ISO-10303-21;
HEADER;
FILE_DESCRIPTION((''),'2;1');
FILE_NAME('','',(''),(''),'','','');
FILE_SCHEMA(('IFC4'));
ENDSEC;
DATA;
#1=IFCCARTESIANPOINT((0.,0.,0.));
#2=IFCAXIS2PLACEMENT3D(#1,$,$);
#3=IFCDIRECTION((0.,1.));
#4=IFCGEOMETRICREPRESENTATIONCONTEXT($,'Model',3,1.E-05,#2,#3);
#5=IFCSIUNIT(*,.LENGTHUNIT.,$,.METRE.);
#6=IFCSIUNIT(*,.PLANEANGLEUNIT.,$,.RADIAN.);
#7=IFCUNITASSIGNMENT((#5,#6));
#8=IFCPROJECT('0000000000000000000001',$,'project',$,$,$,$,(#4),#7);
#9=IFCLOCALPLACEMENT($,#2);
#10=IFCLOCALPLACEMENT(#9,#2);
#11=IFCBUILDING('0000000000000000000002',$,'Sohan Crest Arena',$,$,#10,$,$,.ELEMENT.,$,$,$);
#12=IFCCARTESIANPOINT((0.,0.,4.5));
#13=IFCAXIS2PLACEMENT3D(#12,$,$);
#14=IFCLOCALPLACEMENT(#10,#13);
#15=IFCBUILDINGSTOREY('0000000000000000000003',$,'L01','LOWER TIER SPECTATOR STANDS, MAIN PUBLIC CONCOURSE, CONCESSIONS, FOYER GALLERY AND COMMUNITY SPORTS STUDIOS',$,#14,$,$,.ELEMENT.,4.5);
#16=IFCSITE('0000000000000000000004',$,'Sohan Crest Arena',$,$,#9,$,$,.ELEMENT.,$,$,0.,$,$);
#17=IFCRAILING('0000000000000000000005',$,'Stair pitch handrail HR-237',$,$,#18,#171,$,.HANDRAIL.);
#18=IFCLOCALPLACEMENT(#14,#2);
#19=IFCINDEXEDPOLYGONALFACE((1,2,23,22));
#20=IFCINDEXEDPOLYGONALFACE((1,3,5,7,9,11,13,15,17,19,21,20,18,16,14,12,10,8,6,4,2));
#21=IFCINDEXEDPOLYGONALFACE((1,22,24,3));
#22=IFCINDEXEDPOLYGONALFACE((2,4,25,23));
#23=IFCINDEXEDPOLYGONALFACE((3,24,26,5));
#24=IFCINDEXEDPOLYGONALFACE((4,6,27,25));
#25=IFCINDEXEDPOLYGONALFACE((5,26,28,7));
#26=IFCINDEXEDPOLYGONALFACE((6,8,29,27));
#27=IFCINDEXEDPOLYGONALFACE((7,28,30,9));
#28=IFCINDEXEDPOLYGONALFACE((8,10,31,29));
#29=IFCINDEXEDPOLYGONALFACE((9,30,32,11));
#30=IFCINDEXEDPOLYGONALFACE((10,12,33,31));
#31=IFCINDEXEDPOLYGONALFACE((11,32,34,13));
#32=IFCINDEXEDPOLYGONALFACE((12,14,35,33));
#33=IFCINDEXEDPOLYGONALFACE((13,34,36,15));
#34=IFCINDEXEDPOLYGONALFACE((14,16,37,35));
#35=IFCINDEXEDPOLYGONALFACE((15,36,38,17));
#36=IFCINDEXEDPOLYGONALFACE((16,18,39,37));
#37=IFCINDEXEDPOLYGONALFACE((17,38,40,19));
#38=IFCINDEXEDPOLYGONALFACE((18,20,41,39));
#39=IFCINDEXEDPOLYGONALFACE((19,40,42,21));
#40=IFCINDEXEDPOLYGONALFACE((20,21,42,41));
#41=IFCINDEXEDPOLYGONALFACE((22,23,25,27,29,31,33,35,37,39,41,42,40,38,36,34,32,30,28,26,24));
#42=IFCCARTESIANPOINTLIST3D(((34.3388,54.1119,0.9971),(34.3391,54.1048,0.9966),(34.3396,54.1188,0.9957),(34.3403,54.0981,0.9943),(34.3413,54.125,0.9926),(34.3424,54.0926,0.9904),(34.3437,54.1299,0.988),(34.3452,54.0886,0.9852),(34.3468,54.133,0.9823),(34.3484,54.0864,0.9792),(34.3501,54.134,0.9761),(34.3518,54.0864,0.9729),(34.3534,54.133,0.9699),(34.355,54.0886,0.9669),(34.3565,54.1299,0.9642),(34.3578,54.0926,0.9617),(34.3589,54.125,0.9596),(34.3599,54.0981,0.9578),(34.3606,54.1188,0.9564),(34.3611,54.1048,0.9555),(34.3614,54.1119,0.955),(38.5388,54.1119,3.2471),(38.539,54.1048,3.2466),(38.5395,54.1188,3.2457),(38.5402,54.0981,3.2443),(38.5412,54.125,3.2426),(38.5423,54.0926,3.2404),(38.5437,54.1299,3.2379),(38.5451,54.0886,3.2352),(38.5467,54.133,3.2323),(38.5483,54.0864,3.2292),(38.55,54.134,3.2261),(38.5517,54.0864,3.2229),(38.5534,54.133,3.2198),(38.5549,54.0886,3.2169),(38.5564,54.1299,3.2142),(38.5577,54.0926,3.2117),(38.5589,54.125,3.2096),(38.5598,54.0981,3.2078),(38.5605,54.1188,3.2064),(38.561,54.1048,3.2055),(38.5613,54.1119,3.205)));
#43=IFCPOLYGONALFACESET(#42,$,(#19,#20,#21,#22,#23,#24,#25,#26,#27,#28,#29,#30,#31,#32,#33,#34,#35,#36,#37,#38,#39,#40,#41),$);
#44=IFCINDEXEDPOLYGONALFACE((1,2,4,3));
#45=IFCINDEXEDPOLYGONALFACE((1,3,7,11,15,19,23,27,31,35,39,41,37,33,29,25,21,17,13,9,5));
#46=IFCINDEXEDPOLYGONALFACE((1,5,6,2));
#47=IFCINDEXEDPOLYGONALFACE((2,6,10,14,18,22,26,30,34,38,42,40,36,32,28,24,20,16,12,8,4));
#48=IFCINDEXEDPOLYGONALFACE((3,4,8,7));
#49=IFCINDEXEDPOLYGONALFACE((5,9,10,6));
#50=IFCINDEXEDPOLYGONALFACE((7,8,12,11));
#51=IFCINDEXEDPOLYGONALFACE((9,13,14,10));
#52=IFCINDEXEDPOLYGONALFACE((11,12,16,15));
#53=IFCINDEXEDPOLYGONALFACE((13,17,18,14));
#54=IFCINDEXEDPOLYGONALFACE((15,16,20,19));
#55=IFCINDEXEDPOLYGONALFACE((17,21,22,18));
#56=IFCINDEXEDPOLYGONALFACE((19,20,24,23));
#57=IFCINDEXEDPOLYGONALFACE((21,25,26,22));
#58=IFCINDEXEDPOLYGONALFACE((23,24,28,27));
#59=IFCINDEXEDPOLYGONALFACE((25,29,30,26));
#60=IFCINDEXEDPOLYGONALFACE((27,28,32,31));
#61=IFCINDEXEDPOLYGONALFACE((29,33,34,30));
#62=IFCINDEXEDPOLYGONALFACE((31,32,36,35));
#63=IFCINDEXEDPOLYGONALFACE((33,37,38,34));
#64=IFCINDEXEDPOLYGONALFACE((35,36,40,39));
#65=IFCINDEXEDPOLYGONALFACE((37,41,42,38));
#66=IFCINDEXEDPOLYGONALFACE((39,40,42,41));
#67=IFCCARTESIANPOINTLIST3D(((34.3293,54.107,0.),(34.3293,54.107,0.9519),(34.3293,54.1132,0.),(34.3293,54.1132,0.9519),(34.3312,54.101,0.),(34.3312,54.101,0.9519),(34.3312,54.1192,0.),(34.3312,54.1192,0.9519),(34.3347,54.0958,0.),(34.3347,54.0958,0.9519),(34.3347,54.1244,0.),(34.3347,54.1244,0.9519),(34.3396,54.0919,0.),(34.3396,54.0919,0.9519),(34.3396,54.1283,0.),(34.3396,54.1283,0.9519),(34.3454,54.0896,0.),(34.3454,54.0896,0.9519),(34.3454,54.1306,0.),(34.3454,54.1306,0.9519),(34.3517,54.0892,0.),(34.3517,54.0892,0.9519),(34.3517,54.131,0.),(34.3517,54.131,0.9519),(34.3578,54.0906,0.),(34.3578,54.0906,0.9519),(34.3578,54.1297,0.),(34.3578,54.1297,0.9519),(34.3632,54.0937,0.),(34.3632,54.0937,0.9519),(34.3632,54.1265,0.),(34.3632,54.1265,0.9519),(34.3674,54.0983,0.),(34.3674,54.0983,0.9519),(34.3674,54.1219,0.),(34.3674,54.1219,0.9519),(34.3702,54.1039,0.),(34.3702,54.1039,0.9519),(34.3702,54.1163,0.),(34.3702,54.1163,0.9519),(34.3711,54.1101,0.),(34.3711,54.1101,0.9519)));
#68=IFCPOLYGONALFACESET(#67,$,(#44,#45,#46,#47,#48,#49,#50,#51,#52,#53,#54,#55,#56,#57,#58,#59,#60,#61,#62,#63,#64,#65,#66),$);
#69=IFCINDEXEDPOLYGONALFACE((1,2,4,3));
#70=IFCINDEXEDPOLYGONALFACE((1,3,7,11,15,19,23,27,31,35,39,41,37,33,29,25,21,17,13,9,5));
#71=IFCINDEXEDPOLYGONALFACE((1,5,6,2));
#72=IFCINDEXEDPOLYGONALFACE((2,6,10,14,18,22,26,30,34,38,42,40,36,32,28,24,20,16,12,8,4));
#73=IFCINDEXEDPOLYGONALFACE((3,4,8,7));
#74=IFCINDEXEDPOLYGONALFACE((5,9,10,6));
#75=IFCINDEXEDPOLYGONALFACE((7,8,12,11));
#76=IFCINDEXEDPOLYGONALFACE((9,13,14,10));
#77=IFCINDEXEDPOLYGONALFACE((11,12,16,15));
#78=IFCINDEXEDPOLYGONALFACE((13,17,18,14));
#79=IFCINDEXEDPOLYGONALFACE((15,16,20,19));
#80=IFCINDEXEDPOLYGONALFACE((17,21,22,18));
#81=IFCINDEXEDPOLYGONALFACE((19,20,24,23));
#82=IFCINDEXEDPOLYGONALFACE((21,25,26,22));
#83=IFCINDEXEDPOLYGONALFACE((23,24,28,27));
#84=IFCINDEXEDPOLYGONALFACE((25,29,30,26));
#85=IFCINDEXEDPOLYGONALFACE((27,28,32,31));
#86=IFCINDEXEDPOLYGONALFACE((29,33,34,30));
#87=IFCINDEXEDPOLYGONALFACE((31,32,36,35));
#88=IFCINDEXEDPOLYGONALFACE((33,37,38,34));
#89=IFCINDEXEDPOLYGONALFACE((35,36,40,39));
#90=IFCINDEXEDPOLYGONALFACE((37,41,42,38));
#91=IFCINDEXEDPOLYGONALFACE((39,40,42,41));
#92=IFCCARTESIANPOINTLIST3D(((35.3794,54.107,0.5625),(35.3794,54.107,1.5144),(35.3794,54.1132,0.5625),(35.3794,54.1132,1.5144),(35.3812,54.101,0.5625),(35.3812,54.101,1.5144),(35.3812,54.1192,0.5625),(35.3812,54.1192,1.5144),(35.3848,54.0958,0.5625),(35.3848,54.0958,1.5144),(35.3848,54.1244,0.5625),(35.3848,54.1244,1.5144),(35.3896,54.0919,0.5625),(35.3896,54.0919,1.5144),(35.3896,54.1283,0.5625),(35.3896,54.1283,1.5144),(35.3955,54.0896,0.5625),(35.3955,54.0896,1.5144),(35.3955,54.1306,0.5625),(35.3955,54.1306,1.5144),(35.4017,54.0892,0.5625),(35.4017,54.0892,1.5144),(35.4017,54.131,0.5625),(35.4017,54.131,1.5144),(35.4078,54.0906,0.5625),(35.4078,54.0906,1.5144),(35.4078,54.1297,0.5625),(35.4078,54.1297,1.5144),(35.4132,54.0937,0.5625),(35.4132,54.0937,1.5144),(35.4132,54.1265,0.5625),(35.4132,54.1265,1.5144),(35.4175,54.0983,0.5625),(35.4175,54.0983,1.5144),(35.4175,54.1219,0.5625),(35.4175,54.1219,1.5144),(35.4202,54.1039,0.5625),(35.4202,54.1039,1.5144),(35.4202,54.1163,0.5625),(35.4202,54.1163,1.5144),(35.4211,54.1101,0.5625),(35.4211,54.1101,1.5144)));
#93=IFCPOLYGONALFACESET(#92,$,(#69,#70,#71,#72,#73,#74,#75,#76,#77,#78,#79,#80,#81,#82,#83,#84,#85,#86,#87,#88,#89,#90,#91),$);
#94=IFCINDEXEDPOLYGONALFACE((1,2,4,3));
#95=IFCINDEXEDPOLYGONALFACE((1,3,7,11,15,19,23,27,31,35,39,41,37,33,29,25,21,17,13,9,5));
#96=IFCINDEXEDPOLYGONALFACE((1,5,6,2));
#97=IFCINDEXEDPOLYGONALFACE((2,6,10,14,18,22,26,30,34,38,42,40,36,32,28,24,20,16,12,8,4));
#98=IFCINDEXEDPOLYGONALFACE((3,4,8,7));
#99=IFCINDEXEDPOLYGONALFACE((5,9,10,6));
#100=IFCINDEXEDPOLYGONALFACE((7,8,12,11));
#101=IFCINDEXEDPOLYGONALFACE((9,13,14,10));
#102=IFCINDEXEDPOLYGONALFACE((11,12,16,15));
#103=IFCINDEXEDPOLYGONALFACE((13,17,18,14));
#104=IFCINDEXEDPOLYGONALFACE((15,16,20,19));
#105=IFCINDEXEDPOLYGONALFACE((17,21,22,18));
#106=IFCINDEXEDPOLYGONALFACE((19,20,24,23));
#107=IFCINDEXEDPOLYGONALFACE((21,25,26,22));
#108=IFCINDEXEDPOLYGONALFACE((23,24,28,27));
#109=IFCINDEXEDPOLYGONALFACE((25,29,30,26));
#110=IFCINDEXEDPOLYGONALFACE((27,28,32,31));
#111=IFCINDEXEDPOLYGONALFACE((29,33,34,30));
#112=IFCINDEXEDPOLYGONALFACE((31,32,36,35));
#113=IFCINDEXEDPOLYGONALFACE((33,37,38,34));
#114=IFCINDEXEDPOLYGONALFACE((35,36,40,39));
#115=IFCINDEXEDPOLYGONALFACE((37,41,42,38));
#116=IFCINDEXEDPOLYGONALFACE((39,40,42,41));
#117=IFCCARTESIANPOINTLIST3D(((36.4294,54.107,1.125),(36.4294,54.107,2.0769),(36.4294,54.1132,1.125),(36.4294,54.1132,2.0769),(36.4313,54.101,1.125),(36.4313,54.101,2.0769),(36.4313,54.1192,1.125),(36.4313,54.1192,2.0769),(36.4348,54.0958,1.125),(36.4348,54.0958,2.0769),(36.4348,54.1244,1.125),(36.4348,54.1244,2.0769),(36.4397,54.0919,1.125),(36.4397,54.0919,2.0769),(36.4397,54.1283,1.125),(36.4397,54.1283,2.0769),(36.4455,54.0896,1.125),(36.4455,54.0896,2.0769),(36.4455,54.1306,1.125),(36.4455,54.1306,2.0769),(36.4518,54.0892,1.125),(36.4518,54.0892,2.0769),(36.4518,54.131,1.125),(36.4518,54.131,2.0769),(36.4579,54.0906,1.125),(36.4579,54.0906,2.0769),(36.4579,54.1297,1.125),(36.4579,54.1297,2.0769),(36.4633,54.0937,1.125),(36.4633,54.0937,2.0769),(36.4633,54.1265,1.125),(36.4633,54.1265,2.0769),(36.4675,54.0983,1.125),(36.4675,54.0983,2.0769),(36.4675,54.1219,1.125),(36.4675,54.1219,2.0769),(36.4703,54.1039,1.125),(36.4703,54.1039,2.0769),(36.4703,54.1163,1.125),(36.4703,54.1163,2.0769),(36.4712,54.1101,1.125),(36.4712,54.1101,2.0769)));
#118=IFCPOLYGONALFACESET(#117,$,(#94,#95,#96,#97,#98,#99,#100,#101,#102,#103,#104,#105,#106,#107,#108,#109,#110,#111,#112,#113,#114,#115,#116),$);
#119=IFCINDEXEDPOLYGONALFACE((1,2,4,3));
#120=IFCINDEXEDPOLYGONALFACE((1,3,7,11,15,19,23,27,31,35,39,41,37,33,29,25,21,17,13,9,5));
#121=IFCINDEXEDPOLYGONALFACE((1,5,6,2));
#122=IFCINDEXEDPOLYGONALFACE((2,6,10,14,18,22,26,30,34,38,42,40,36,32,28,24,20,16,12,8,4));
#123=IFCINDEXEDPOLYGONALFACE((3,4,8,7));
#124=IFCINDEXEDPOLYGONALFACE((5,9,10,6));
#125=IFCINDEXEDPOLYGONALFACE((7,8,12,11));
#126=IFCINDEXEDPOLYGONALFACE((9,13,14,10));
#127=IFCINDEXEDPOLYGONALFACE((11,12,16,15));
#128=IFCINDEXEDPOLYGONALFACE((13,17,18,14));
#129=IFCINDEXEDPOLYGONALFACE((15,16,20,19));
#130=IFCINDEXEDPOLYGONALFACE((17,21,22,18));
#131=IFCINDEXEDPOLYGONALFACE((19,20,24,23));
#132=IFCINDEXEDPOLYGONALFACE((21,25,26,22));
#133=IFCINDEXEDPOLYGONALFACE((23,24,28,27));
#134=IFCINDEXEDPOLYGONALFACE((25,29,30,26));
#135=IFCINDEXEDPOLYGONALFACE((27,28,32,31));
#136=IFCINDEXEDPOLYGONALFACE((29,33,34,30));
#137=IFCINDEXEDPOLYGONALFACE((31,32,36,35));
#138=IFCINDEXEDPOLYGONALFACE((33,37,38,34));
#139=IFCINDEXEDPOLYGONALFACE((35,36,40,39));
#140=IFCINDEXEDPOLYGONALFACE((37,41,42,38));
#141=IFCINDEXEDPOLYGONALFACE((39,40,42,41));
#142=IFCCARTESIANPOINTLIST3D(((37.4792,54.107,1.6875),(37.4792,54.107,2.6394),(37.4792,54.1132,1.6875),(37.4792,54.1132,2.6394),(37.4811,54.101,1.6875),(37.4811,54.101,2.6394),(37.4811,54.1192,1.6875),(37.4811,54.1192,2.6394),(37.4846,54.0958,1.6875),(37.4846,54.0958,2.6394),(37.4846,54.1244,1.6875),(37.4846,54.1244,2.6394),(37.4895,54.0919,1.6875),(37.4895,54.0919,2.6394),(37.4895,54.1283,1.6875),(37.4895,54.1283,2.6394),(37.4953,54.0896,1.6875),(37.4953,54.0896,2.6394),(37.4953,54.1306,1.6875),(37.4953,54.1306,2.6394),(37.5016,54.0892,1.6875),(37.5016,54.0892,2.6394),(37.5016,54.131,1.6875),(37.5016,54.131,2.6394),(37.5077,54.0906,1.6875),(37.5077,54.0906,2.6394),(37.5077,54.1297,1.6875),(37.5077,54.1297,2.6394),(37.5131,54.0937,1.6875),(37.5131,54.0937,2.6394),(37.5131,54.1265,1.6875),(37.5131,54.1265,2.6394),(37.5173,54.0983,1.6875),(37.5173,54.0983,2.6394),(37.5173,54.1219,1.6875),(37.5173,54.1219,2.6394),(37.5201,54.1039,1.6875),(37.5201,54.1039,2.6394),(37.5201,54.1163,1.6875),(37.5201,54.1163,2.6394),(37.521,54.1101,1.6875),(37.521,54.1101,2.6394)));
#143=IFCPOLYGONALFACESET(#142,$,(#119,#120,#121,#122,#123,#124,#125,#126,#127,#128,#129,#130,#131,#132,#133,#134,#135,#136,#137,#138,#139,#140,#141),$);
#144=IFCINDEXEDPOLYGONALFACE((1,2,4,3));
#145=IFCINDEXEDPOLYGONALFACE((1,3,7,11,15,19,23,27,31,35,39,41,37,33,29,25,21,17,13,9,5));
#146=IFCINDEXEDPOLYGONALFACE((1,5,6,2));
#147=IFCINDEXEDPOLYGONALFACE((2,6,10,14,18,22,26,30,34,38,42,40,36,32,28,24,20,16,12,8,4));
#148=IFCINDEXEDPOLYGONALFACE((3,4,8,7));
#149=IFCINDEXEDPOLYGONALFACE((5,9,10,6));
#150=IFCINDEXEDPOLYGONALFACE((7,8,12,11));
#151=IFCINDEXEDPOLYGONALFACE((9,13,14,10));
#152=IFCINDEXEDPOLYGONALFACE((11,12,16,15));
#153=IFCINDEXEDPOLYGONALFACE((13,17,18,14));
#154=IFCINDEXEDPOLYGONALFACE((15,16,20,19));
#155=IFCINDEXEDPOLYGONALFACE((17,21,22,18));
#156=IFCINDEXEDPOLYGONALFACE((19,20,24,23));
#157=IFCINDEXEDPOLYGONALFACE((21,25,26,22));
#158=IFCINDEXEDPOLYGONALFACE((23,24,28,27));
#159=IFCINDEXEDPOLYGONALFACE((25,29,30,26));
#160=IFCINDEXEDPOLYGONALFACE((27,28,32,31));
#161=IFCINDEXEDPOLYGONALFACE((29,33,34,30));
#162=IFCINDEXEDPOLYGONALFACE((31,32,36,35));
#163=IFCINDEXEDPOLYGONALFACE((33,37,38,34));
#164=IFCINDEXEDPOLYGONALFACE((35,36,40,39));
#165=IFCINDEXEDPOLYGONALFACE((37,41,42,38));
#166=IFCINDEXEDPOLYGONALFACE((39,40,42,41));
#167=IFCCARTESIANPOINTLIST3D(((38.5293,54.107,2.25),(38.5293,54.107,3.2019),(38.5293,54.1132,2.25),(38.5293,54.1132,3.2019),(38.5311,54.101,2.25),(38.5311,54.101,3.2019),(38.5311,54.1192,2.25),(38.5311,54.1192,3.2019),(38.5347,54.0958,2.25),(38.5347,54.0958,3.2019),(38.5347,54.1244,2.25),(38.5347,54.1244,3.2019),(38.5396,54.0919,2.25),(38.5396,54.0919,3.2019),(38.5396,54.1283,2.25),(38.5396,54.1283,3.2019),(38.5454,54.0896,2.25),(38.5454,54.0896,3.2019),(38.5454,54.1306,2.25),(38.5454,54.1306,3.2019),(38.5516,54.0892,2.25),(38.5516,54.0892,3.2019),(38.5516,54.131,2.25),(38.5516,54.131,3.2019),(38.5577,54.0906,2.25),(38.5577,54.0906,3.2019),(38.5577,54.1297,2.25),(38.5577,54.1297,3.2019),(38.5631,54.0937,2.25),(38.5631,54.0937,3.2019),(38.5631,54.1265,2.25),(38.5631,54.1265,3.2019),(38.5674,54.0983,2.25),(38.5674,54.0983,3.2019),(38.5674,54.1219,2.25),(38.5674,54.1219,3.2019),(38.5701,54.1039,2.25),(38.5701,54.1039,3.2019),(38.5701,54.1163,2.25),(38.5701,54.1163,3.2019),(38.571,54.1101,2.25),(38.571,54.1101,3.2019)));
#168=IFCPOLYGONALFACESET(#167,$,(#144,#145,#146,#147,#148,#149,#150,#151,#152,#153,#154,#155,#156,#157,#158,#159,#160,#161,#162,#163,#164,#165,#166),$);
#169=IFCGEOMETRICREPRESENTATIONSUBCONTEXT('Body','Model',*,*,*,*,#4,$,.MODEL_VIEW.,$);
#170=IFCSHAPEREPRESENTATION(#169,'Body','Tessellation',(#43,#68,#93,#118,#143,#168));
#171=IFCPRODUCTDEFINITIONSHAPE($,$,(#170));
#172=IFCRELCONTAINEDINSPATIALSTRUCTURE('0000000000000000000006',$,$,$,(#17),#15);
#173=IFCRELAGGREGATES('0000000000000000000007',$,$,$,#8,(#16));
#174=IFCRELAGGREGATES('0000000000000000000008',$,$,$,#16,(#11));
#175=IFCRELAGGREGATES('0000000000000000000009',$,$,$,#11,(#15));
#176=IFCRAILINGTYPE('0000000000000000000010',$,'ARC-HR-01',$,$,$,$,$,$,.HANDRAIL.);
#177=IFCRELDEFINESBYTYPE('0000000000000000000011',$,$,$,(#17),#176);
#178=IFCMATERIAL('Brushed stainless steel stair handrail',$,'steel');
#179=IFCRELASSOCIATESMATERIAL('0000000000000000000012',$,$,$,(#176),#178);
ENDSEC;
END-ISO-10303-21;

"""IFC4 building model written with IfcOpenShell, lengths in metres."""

from ifc_helpers import new_model, si_unit, direction, frame, origin, origin_2d, place, context, subcontext, project, spatial, circle, extrude, material, type_object, element, save


model = new_model("IFC4")

# Units and contexts
model_context = context("Model", 3, precision=1e-05, world=origin(), true_north=direction((0.0, 1.0)))
body_context = subcontext(model_context, "Body", "Model", "MODEL_VIEW")
ifc_project = project(units=[si_unit("LENGTHUNIT", "METRE"), si_unit("PLANEANGLEUNIT", "RADIAN")], contexts=[model_context])

# Site, building, storey
site_placement = place(None, origin())
site = spatial("IfcSite", under=ifc_project, at=site_placement, Name="Sohan Crest Arena", CompositionType="ELEMENT", RefElevation=0.0)
building_placement = place(site_placement, origin())
building = spatial("IfcBuilding", under=site, at=building_placement, Name="Sohan Crest Arena", CompositionType="ELEMENT")
storey_placement = place(building_placement, frame((0.0, 0.0, 4.5)))
storey = spatial("IfcBuildingStorey", under=building, at=storey_placement, Name="L01", Description="LOWER TIER SPECTATOR STANDS, MAIN PUBLIC CONCOURSE, CONCESSIONS, FOYER GALLERY AND COMMUNITY SPORTS STUDIOS", CompositionType="ELEMENT", Elevation=4.5)

# Railing
ifc_material_1 = material(Name="Brushed stainless steel stair handrail", Category="steel")
railing_type_1 = type_object("IfcRailingType", Name="ARC-HR-01", PredefinedType="HANDRAIL", material=ifc_material_1)
for number, where, name in (
    (1, (34.3501, 54.1101, 0.0), "Stair pitch handrail HR-237"),
):
    element("IfcRailing", number, at=place(storey_placement, frame(where)), inside=storey, type_object=railing_type_1, Name=name, PredefinedType="HANDRAIL", context=body_context, shape_type="SweptSolid", body=[
        extrude(circle(Radius=0.0239, at=origin_2d()), frame((0.0, 0.0, 0.9761), z_axis=(0.881478, 0.0, 0.472226), x_axis=(0.0, 1.0, 0.0)), (0.0, 0.0, 1.0), 4.7646),
        extrude(circle(Radius=0.021, at=origin_2d()), origin(), (0.0, 0.0, 1.0), 0.9519),
        extrude(circle(Radius=0.021, at=origin_2d()), frame((1.05, 0.0, 0.5625)), (0.0, 0.0, 1.0), 0.9519),
        extrude(circle(Radius=0.021, at=origin_2d()), frame((2.1001, 0.0, 1.125)), (0.0, 0.0, 1.0), 0.9519),
        extrude(circle(Radius=0.021, at=origin_2d()), frame((3.1499, 0.0, 1.6875)), (0.0, 0.0, 1.0), 0.9519),
        extrude(circle(Radius=0.021, at=origin_2d()), frame((4.2, 0.0, 2.25)), (0.0, 0.0, 1.0), 0.9519),
    ])

save(model, "model.ifc")
